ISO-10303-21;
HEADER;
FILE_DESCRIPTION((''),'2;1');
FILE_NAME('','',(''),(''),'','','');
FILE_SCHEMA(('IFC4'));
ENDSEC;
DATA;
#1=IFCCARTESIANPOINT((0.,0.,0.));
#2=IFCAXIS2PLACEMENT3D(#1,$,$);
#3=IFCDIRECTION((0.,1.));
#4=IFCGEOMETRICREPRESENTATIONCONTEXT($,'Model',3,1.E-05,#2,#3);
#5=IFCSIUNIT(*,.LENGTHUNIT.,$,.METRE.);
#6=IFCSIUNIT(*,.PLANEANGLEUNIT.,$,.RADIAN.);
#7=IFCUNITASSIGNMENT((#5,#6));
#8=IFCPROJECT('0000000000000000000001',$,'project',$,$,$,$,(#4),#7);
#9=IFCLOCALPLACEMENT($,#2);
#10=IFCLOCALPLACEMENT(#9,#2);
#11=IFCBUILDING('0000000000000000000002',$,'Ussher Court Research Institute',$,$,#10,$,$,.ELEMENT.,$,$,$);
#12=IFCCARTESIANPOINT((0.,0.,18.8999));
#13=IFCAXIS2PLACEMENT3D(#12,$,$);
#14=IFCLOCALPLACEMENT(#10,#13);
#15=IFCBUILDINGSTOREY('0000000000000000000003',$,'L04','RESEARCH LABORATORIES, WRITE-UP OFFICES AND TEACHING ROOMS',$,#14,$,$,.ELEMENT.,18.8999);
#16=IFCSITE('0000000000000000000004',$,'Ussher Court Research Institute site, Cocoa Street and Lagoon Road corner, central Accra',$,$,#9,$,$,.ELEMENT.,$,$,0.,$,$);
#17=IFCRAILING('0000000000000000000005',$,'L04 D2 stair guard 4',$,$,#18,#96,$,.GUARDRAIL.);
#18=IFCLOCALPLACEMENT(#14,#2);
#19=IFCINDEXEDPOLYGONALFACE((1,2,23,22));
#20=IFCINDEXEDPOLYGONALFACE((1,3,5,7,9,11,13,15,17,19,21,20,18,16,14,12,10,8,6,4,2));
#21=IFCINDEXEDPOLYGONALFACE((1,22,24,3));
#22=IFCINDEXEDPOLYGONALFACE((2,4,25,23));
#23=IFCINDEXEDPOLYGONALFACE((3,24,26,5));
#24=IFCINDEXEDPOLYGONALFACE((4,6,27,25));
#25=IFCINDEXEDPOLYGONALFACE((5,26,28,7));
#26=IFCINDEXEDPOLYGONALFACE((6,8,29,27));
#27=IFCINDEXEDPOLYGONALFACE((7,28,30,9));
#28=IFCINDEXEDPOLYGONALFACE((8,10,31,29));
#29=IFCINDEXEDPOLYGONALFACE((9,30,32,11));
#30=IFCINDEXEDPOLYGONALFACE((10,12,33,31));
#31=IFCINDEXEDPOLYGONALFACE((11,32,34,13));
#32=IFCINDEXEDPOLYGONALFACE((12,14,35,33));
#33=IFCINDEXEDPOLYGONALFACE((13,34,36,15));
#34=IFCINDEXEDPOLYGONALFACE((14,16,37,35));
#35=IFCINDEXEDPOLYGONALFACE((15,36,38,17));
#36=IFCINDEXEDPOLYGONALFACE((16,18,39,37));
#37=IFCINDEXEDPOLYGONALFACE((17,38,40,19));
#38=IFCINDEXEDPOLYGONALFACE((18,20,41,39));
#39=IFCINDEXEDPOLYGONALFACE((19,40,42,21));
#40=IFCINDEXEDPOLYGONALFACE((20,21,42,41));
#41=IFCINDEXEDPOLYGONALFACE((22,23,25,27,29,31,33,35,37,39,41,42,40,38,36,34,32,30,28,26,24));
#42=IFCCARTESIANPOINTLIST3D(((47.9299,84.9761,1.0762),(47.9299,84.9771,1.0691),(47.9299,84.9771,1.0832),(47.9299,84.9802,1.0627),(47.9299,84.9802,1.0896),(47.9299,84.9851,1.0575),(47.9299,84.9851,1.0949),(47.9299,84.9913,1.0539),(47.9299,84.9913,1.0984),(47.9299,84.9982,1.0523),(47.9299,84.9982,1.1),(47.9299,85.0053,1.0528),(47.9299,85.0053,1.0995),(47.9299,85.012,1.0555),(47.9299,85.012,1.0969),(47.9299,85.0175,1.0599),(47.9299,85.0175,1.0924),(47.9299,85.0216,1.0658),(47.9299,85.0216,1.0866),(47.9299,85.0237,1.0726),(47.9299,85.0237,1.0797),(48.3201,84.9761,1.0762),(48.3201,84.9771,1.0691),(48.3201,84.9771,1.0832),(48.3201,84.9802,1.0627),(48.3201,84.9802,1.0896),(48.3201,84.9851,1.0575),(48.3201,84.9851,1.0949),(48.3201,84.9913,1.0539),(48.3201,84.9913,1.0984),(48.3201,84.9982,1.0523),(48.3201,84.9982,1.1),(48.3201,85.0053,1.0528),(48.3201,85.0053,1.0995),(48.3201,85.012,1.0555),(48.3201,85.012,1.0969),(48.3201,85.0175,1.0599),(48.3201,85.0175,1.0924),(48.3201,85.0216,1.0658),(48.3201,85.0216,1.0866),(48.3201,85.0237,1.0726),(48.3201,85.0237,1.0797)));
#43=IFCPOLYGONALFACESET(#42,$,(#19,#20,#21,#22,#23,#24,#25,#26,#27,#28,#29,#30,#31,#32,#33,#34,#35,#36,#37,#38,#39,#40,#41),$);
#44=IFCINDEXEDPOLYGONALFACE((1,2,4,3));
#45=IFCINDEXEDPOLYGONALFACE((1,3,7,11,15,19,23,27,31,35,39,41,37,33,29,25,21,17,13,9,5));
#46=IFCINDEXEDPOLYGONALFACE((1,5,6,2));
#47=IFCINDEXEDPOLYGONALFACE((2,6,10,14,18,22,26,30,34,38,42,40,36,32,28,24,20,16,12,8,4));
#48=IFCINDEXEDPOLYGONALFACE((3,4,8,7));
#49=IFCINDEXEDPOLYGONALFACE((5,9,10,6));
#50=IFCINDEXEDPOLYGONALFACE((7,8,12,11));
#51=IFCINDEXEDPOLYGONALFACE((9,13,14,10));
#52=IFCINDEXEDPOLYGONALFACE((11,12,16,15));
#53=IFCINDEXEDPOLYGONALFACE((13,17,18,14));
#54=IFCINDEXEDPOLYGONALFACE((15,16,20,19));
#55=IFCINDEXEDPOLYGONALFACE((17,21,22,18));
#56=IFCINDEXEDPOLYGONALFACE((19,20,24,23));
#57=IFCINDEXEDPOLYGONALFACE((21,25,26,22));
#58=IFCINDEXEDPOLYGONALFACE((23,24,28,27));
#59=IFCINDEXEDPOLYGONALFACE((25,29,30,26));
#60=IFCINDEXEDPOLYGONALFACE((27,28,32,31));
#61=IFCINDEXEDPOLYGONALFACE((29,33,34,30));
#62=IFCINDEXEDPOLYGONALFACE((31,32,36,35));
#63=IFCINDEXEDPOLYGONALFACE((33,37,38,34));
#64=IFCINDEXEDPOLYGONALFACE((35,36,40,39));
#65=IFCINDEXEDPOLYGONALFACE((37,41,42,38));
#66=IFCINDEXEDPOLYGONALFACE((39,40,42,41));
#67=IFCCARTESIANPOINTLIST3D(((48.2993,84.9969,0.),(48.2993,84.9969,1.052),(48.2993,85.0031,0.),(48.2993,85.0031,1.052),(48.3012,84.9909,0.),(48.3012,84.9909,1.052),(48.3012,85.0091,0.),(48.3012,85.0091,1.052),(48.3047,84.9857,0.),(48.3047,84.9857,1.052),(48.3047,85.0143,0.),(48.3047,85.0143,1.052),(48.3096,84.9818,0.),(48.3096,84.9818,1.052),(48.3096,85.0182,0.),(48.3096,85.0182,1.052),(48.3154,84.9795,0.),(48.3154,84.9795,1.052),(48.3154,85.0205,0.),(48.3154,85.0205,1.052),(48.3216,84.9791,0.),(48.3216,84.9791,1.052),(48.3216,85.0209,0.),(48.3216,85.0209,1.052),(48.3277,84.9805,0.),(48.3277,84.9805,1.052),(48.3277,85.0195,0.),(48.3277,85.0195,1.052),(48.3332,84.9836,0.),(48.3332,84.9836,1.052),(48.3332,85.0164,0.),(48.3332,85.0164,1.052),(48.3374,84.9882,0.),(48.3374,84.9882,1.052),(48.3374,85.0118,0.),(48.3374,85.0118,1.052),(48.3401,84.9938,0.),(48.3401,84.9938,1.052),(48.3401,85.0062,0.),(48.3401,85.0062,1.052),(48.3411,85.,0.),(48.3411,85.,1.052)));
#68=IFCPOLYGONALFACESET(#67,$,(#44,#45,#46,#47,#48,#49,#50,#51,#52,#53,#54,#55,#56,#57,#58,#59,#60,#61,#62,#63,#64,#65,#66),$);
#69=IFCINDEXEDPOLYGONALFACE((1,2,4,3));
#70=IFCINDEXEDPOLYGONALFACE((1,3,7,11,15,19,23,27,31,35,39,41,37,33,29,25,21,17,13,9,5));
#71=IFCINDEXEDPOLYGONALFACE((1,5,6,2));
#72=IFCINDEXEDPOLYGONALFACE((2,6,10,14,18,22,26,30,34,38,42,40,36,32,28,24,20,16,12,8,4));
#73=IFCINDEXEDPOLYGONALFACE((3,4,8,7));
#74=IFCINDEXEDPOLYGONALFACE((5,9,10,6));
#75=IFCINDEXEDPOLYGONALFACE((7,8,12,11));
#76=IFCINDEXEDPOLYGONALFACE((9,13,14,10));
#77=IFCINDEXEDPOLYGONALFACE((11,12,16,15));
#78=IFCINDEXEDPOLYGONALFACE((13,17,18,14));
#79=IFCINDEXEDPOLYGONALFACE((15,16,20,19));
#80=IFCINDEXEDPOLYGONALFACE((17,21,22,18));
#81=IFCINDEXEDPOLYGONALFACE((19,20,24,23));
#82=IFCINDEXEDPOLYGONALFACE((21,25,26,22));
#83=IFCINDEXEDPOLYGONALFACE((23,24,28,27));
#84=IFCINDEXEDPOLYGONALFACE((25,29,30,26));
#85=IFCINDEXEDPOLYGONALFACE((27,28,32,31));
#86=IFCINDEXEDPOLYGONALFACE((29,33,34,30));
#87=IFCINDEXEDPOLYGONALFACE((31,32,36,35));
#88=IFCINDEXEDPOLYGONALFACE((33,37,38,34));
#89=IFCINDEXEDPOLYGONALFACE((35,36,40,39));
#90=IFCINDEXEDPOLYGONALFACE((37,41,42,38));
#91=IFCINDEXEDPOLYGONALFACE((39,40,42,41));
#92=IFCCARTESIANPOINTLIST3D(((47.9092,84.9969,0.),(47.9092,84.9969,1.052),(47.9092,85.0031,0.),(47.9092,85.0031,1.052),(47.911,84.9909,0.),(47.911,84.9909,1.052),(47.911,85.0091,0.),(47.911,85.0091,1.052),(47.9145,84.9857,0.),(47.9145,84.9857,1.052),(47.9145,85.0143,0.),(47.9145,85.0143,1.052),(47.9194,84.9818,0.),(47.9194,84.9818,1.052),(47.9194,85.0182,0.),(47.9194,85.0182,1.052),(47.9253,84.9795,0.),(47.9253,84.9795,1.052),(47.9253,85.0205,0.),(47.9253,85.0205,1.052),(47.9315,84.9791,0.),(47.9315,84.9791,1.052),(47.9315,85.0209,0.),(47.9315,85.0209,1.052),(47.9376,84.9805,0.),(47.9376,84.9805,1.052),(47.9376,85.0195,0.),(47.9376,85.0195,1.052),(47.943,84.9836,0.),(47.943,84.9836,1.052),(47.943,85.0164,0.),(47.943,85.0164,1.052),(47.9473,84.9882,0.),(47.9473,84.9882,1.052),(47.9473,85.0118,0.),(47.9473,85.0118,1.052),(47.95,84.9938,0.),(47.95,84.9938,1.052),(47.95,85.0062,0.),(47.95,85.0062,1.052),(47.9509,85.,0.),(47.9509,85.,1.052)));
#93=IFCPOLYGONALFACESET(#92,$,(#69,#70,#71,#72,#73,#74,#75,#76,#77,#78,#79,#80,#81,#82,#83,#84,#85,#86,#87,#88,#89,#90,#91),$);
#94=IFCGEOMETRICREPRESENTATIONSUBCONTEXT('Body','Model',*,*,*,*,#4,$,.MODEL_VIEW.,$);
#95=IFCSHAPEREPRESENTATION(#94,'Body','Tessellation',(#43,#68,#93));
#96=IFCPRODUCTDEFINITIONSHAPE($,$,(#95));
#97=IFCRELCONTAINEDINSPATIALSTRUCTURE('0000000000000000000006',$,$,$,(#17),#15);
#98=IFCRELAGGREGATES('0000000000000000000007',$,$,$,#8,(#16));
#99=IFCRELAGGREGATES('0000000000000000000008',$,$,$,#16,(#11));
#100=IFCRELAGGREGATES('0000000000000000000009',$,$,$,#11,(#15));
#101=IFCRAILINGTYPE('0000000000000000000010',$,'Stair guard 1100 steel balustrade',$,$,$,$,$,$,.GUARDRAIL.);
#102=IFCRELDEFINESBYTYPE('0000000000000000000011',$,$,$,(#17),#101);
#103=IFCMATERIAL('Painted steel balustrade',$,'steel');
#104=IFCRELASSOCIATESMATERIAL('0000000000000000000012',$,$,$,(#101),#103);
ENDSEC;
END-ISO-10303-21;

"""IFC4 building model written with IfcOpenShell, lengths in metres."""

from ifc_helpers import new_model, si_unit, direction, frame, origin, origin_2d, place, context, subcontext, project, spatial, circle, extrude, material, type_object, element, save


model = new_model("IFC4")

# Units and contexts
model_context = context("Model", 3, precision=1e-05, world=origin(), true_north=direction((0.0, 1.0)))
body_context = subcontext(model_context, "Body", "Model", "MODEL_VIEW")
ifc_project = project(units=[si_unit("LENGTHUNIT", "METRE"), si_unit("PLANEANGLEUNIT", "RADIAN")], contexts=[model_context])

# Site, building, storey
site_placement = place(None, origin())
site = spatial("IfcSite", under=ifc_project, at=site_placement, Name="Ussher Court Research Institute site, Cocoa Street and Lagoon Road corner, central Accra", CompositionType="ELEMENT", RefElevation=0.0)
building_placement = place(site_placement, origin())
building = spatial("IfcBuilding", under=site, at=building_placement, Name="Ussher Court Research Institute", CompositionType="ELEMENT")
storey_placement = place(building_placement, frame((0.0, 0.0, 18.8999)))
storey = spatial("IfcBuildingStorey", under=building, at=storey_placement, Name="L04", Description="RESEARCH LABORATORIES, WRITE-UP OFFICES AND TEACHING ROOMS", CompositionType="ELEMENT", Elevation=18.8999)

# Railing
ifc_material_1 = material(Name="Painted steel balustrade", Category="steel")
railing_type_1 = type_object("IfcRailingType", Name="Stair guard 1100 steel balustrade", PredefinedType="GUARDRAIL", material=ifc_material_1)
railing_1_placement = place(storey_placement, frame((48.3201, 85.0, 0.0)))
element("IfcRailing", 1, at=railing_1_placement, inside=storey, type_object=railing_type_1, Name="L04 D2 stair guard 4", PredefinedType="GUARDRAIL", context=body_context, shape_type="SweptSolid", body=[
    extrude(circle(Radius=0.0239, at=origin_2d()), frame((0.0, 0.0, 1.0762), z_axis=(-1.0, 0.0, 0.0), x_axis=(0.0, -1.0, 0.0)), (0.0, 0.0, 1.0), 0.3901),
    extrude(circle(Radius=0.021, at=origin_2d()), origin(), (0.0, 0.0, 1.0), 1.052),
    extrude(circle(Radius=0.021, at=origin_2d()), frame((-0.3901, 0.0, 0.0)), (0.0, 0.0, 1.0), 1.052),
])

save(model, "model.ifc")
